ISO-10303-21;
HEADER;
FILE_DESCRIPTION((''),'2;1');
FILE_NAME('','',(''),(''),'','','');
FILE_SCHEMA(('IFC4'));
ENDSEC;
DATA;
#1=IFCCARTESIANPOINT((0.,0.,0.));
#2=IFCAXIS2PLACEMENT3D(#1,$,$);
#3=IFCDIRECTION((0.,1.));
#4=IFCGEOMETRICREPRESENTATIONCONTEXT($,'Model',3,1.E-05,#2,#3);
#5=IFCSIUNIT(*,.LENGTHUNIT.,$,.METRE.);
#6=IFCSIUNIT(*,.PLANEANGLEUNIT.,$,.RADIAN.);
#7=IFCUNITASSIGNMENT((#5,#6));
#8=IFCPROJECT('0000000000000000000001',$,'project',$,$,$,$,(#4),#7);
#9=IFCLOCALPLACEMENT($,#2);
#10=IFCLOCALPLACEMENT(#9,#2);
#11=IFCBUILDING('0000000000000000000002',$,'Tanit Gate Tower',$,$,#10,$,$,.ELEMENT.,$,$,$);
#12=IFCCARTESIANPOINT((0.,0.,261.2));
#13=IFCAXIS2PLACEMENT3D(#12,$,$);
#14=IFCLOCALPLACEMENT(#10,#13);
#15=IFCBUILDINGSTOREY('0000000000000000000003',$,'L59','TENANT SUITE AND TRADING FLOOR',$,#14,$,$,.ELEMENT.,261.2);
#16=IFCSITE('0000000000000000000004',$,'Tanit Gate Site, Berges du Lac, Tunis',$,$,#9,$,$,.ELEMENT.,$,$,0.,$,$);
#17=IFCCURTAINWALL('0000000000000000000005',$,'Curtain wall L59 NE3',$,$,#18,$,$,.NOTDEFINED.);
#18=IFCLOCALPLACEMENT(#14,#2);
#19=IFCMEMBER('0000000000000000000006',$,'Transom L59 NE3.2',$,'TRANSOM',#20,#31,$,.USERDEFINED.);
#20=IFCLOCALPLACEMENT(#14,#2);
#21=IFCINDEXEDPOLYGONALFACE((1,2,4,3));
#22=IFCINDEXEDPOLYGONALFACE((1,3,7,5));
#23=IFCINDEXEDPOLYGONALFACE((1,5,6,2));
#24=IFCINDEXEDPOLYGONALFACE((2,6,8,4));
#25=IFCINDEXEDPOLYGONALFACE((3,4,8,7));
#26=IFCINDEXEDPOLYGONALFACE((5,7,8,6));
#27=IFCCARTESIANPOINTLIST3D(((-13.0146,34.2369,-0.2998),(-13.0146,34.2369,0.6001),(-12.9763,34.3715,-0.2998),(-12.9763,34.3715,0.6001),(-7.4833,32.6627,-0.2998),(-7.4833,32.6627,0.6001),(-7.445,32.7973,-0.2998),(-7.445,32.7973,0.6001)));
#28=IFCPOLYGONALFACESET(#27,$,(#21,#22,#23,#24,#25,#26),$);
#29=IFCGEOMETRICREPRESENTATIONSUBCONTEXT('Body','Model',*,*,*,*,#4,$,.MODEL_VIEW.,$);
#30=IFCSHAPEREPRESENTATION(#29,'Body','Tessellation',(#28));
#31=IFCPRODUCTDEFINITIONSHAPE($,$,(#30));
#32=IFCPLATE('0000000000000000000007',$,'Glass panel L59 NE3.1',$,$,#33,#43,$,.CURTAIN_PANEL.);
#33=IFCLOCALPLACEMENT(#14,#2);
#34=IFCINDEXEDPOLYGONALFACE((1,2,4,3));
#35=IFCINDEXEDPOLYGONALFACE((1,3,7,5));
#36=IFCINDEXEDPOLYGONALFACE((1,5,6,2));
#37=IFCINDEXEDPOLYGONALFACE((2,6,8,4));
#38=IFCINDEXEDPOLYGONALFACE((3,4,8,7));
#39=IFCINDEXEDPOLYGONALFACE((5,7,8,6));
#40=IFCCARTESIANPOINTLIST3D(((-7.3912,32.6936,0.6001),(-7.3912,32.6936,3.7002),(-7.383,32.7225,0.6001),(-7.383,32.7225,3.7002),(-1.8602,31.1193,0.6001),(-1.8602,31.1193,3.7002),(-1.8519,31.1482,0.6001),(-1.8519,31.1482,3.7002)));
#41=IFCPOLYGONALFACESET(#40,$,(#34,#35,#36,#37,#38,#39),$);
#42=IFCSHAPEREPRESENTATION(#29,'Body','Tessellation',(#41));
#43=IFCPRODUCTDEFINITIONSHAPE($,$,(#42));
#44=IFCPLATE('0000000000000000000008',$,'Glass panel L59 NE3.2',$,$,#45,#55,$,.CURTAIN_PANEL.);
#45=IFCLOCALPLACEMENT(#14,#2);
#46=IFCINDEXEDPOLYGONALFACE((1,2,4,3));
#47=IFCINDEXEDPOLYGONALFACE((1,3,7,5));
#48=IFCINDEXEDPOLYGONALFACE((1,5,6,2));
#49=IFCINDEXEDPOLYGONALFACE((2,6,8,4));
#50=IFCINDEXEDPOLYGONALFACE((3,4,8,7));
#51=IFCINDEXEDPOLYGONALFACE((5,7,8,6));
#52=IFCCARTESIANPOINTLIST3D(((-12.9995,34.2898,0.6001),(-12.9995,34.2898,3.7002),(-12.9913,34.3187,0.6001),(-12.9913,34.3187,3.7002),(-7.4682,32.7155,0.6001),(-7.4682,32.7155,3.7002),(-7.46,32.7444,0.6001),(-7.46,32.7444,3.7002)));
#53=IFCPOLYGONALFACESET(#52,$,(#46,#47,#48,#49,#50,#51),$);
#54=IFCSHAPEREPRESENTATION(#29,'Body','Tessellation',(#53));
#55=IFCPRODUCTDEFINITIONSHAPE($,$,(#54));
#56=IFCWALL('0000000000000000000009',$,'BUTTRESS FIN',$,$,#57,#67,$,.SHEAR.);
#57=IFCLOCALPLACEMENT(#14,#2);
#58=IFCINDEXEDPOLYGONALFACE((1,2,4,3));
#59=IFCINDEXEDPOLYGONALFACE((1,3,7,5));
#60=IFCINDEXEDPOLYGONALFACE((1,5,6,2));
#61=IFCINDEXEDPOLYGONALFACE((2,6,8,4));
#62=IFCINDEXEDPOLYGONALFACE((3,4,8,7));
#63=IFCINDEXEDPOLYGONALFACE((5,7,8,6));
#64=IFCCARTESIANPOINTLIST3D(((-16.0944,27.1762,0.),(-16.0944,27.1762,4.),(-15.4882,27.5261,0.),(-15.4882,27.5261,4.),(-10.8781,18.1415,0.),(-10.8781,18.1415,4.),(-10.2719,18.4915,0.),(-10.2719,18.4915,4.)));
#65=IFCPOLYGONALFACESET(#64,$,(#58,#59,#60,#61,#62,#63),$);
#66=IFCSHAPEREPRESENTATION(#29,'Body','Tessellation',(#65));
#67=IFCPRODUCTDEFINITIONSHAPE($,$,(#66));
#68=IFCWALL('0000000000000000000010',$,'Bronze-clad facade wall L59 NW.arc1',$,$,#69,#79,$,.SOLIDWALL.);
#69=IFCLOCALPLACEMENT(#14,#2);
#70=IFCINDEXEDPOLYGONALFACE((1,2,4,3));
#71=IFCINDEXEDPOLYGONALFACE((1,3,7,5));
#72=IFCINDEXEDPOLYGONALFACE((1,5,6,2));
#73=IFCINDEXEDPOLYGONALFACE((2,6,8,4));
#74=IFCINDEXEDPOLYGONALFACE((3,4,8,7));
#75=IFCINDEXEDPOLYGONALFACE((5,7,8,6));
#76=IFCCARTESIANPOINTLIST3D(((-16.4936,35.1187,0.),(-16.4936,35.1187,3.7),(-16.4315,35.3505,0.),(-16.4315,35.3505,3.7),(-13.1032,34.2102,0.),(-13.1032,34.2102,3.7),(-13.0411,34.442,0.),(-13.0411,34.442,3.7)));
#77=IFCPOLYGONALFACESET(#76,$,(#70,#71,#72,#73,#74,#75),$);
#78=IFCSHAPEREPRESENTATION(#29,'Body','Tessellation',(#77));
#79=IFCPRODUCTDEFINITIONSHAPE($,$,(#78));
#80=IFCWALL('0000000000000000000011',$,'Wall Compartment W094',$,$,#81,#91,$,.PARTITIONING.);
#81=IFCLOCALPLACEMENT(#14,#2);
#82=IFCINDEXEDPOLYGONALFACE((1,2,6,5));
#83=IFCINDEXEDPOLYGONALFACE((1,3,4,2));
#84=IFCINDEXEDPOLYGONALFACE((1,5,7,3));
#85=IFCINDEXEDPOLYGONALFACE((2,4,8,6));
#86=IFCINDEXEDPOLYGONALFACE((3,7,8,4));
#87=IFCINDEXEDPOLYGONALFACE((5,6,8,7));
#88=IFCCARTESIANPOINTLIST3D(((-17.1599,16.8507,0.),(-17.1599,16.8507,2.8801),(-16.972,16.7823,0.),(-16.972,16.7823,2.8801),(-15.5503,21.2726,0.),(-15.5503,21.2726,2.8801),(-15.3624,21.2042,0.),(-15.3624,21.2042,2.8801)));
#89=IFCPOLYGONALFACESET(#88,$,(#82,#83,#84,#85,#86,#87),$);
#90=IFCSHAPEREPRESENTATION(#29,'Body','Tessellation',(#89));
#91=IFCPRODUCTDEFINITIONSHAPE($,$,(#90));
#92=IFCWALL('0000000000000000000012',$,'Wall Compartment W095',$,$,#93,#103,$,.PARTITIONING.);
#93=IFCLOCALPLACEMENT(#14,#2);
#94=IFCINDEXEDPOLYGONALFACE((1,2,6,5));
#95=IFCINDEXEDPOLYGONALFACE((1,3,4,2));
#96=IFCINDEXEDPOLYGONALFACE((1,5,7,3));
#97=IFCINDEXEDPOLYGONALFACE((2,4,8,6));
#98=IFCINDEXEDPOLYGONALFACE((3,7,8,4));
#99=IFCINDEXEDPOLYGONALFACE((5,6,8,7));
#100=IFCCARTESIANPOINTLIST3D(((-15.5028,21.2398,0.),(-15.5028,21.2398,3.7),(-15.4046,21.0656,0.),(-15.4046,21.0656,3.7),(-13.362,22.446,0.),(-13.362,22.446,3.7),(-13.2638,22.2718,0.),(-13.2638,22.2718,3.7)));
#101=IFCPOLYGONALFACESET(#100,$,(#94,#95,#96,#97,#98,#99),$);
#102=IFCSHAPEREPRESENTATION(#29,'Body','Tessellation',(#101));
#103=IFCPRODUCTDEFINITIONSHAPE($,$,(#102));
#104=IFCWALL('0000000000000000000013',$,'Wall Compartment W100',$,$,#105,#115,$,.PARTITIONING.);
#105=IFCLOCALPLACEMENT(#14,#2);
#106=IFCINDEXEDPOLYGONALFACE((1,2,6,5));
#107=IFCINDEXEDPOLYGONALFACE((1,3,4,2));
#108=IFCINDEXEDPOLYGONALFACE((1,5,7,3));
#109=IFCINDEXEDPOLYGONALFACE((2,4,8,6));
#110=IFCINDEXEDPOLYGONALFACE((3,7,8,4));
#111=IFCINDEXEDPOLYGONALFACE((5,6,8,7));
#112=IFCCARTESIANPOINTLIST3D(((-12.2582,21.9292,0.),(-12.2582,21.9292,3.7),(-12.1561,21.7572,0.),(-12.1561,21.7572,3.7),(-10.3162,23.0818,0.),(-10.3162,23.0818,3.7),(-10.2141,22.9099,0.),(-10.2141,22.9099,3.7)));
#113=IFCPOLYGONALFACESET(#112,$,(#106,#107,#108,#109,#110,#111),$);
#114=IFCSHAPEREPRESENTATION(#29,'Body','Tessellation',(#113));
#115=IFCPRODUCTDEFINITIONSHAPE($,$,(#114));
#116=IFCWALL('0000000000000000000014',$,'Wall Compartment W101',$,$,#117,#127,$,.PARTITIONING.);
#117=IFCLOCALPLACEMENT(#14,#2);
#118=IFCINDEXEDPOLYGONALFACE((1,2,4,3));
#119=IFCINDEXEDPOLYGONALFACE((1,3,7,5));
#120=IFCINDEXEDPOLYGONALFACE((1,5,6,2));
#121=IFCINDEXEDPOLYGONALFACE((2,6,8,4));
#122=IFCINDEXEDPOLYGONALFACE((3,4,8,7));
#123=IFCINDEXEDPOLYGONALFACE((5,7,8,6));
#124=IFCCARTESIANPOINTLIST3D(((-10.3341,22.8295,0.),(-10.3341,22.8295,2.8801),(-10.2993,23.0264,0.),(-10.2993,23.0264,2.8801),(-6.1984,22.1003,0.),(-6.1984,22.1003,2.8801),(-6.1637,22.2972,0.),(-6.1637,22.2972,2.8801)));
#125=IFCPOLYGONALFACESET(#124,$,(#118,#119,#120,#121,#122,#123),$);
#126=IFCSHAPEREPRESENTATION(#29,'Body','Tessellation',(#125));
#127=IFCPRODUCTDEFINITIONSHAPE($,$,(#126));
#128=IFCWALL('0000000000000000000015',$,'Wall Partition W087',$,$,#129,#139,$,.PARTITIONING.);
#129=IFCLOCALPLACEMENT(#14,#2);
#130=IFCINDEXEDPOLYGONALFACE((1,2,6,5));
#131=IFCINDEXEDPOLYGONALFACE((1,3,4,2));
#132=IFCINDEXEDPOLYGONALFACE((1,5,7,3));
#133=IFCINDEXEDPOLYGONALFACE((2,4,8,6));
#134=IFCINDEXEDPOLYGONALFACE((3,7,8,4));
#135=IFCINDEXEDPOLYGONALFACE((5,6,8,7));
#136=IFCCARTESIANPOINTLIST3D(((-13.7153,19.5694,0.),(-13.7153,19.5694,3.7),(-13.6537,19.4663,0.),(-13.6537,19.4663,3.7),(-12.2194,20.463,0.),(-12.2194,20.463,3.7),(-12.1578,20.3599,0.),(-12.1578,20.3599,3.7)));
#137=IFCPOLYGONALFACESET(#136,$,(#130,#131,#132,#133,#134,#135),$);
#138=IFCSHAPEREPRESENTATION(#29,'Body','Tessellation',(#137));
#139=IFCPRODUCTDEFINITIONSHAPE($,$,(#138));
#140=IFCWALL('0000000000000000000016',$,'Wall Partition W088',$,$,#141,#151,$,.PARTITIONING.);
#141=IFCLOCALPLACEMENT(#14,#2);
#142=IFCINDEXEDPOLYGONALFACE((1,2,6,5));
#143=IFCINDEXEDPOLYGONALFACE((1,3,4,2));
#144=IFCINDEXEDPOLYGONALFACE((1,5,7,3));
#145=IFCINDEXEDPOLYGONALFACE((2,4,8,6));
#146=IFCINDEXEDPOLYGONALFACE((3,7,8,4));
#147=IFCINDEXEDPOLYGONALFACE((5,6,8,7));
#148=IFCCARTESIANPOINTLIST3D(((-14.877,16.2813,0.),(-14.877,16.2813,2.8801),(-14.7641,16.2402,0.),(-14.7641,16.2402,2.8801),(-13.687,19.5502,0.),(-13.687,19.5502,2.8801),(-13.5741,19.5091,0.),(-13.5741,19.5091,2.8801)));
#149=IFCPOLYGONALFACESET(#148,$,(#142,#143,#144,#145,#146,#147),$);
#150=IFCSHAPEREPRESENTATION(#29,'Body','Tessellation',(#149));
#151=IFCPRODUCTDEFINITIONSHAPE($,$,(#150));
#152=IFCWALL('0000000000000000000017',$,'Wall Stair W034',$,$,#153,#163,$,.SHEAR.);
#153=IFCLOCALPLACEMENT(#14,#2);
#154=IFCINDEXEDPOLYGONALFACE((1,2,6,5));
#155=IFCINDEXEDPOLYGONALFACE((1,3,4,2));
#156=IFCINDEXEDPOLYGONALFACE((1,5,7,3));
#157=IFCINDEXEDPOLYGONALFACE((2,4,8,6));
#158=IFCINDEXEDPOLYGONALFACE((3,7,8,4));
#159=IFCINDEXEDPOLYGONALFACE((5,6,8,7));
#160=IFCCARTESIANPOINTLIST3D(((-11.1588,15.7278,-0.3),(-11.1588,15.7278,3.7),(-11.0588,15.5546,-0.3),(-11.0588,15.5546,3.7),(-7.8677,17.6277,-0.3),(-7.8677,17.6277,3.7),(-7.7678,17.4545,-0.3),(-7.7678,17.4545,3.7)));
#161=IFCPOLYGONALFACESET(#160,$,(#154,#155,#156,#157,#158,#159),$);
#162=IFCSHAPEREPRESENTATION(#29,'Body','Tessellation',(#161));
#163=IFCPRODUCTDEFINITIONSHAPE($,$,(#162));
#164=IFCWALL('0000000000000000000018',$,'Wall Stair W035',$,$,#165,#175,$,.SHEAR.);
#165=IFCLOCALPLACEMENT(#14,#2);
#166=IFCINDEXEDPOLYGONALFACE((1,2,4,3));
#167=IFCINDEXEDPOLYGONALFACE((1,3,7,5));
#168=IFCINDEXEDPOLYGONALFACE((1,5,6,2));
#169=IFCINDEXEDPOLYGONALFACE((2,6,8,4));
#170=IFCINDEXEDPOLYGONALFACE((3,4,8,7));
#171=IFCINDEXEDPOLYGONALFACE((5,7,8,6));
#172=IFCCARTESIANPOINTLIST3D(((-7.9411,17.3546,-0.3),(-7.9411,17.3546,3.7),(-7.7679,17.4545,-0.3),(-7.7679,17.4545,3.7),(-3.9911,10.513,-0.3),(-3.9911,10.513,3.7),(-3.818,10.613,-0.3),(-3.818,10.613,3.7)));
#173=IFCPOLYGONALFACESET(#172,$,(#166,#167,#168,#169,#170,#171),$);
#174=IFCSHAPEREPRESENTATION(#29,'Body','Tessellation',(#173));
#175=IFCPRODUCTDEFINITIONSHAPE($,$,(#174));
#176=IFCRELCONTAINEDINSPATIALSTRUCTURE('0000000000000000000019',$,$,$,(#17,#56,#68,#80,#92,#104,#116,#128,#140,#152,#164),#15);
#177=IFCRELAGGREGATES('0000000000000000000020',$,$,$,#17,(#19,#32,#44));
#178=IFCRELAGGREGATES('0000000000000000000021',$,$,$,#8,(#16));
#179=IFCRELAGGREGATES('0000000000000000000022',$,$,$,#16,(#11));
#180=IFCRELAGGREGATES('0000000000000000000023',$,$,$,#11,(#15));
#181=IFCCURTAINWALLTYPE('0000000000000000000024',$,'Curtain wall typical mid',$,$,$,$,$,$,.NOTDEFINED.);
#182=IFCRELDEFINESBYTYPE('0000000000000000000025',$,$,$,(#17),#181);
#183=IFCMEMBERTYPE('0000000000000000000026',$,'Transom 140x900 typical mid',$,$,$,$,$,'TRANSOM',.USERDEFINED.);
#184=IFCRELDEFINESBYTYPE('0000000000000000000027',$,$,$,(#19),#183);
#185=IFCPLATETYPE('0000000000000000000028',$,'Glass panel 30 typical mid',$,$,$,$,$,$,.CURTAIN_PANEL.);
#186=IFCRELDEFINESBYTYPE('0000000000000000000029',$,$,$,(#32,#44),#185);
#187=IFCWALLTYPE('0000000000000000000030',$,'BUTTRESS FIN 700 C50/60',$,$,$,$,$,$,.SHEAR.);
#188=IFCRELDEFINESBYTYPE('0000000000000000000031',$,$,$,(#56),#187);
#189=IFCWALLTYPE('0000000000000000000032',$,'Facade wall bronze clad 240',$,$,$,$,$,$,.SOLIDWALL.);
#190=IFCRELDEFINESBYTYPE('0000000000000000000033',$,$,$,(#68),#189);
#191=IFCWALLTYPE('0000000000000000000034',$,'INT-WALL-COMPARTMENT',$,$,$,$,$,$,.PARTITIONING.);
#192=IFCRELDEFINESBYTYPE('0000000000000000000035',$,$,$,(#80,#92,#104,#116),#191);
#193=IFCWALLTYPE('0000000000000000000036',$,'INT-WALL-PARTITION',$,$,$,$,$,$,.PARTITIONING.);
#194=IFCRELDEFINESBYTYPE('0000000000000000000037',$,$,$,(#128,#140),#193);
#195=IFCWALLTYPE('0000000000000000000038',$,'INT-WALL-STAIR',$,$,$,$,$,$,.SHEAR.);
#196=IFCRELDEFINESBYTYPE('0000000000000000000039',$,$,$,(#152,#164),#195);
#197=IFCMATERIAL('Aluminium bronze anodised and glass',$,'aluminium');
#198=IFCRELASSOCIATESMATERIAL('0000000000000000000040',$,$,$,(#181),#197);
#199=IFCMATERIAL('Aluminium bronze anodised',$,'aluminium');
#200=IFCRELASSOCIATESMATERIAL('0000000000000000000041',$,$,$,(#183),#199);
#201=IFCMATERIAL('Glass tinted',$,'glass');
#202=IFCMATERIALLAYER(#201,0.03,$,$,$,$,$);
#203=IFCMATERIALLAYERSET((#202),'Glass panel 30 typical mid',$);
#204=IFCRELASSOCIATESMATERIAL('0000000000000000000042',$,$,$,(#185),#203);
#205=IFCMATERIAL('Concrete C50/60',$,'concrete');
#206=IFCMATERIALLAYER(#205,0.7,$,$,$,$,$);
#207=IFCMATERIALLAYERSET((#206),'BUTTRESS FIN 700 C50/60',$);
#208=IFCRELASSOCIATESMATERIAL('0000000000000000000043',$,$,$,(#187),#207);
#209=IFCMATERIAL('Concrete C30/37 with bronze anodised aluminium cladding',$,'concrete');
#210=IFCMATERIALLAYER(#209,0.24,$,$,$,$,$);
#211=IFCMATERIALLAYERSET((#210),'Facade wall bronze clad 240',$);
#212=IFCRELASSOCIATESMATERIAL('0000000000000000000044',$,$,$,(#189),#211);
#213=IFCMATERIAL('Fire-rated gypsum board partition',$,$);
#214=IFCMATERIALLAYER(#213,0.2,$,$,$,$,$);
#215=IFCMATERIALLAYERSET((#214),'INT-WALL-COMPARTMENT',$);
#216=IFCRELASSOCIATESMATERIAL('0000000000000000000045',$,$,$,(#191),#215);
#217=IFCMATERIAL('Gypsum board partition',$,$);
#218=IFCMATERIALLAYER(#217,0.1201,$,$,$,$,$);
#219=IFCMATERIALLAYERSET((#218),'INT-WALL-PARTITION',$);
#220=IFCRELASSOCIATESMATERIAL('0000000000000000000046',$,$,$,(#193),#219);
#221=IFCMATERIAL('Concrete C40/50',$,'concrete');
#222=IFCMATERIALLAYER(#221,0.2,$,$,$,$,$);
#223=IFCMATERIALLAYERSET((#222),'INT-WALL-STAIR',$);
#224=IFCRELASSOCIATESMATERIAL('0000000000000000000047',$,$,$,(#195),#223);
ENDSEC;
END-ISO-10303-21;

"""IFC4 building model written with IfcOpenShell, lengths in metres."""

from ifc_helpers import new_model, si_unit, direction, frame, frame_2d, origin, origin_2d, place, context, subcontext, project, spatial, rectangle, extrude, material, layer, layer_set, material_profile, profile_set, type_object, element, aggregate, save


model = new_model("IFC4")

# Units and contexts
model_context = context("Model", 3, precision=1e-05, world=origin(), true_north=direction((0.0, 1.0)))
body_context = subcontext(model_context, "Body", "Model", "MODEL_VIEW")
ifc_project = project(units=[si_unit("LENGTHUNIT", "METRE"), si_unit("PLANEANGLEUNIT", "RADIAN")], contexts=[model_context])

# Site, building, storey
site_placement = place(None, origin())
site = spatial("IfcSite", under=ifc_project, at=site_placement, Name="Tanit Gate Site, Berges du Lac, Tunis", CompositionType="ELEMENT", RefElevation=0.0)
building_placement = place(site_placement, origin())
building = spatial("IfcBuilding", under=site, at=building_placement, Name="Tanit Gate Tower", CompositionType="ELEMENT")
storey_placement = place(building_placement, frame((0.0, 0.0, 261.2)))
storey = spatial("IfcBuildingStorey", under=building, at=storey_placement, Name="L59", Description="TENANT SUITE AND TRADING FLOOR", CompositionType="ELEMENT", Elevation=261.2)

# Curtain wall
ifc_material_1 = material(Name="Aluminium bronze anodised and glass", Category="aluminium")
curtain_wall_type = type_object("IfcCurtainWallType", Name="Curtain wall typical mid", PredefinedType="NOTDEFINED", material=ifc_material_1)
curtain_wall_placement = place(storey_placement, origin())
curtain_wall = element("IfcCurtainWall", 1, at=curtain_wall_placement, inside=storey, type_object=curtain_wall_type, Name="Curtain wall L59 NE3", PredefinedType="NOTDEFINED")

# Member
ifc_material_2 = material(Name="Aluminium bronze anodised", Category="aluminium")
ifc_material_profile_1 = material_profile(ifc_material_2, rectangle(XDim=0.1399, YDim=0.8999, at=origin_2d()), Name="140x900 bronze transom")
ifc_profile_set_1 = profile_set([ifc_material_profile_1], Name="Aluminium bronze anodised")
member_type_1 = type_object("IfcMemberType", Name="Transom 140x900 typical mid", ElementType="TRANSOM", PredefinedType="USERDEFINED", material=ifc_profile_set_1)
member_1_placement = place(storey_placement, frame((-7.4641, 32.73, 0.1501), z_axis=(-0.961805, 0.273734, 0.0), x_axis=(-0.273734, -0.961805, 0.0)))
member_1 = element("IfcMember", 2, at=member_1_placement, type_object=member_type_1, Name="Transom L59 NE3.2", ObjectType="TRANSOM", PredefinedType="USERDEFINED", context=body_context, shape_type="SweptSolid", body=[
    extrude(rectangle(XDim=0.1399, YDim=0.8999, at=origin_2d()), origin(), (0.0, 0.0, 1.0), 5.751),
])

# Plates
ifc_material_3 = material(Name="Glass tinted", Category="glass")
ifc_layer_1 = layer(ifc_material_3, 0.03)
ifc_layer_set_1 = layer_set([ifc_layer_1], Name="Glass panel 30 typical mid")
plate_type = type_object("IfcPlateType", Name="Glass panel 30 typical mid", PredefinedType="CURTAIN_PANEL", material=ifc_layer_set_1)
plate_1_placement = place(storey_placement, frame((-4.6216, 31.9209, 0.6001), z_axis=(0.0, 0.0, 1.0), x_axis=(-0.961803, 0.273744, 0.0)))
plate_1 = element("IfcPlate", 3, at=plate_1_placement, type_object=plate_type, Name="Glass panel L59 NE3.1", PredefinedType="CURTAIN_PANEL", context=body_context, shape_type="SweptSolid", body=[
    extrude(rectangle(XDim=5.7507, YDim=0.03, at=origin_2d()), origin(), (0.0, 0.0, 1.0), 3.1001),
])
plate_2_placement = place(storey_placement, frame((-10.2297, 33.5171, 0.6001), z_axis=(0.0, 0.0, 1.0), x_axis=(-0.961803, 0.273744, 0.0)))
plate_2 = element("IfcPlate", 4, at=plate_2_placement, type_object=plate_type, Name="Glass panel L59 NE3.2", PredefinedType="CURTAIN_PANEL", context=body_context, shape_type="SweptSolid", body=[
    extrude(rectangle(XDim=5.751, YDim=0.03, at=origin_2d()), origin(), (0.0, 0.0, 1.0), 3.1001),
])
aggregate(curtain_wall, [member_1, plate_1, plate_2])

# Walls
ifc_material_4 = material(Name="Concrete C50/60", Category="concrete")
ifc_layer_2 = layer(ifc_material_4, 0.7)
ifc_layer_set_2 = layer_set([ifc_layer_2], Name="BUTTRESS FIN 700 C50/60")
wall_type_1 = type_object("IfcWallType", Name="BUTTRESS FIN 700 C50/60", PredefinedType="SHEAR", material=ifc_layer_set_2)
wall_1_placement = place(storey_placement, frame((-10.575, 18.3164, 0.0), z_axis=(0.0, 0.0, 1.0), x_axis=(-0.50001, 0.86602, 0.0)))
element("IfcWall", 5, at=wall_1_placement, inside=storey, type_object=wall_type_1, Name="BUTTRESS FIN", PredefinedType="SHEAR", context=body_context, shape_type="SweptSolid", body=[
    extrude(rectangle(XDim=10.4324, YDim=0.7, at=frame_2d((5.2163, 0.0))), origin(), (0.0, 0.0, 1.0), 4.0),
])
ifc_material_5 = material(Name="Concrete C30/37 with bronze anodised aluminium cladding", Category="concrete")
ifc_layer_3 = layer(ifc_material_5, 0.24)
ifc_layer_set_3 = layer_set([ifc_layer_3], Name="Facade wall bronze clad 240")
wall_type_2 = type_object("IfcWallType", Name="Facade wall bronze clad 240", PredefinedType="SOLIDWALL", material=ifc_layer_set_3)
wall_2_placement = place(storey_placement, frame((-13.0723, 34.3262, 0.0), z_axis=(0.0, 0.0, 1.0), x_axis=(-0.965926, 0.258818, 0.0)))
element("IfcWall", 6, at=wall_2_placement, inside=storey, type_object=wall_type_2, Name="Bronze-clad facade wall L59 NW.arc1", PredefinedType="SOLIDWALL", context=body_context, shape_type="SweptSolid", body=[
    extrude(rectangle(XDim=3.51, YDim=0.24, at=frame_2d((1.7549, 0.0))), origin(), (0.0, 0.0, 1.0), 3.7),
])
ifc_material_6 = material(Name="Fire-rated gypsum board partition")
ifc_layer_4 = layer(ifc_material_6, 0.2)
ifc_layer_set_4 = layer_set([ifc_layer_4], Name="INT-WALL-COMPARTMENT")
wall_type_3 = type_object("IfcWallType", Name="INT-WALL-COMPARTMENT", PredefinedType="PARTITIONING", material=ifc_layer_set_4)
wall_3_placement = place(storey_placement, frame((-15.4563, 21.2385, 0.0), z_axis=(0.0, 0.0, 1.0), x_axis=(-0.342055, -0.93968, 0.0)))
element("IfcWall", 7, at=wall_3_placement, inside=storey, type_object=wall_type_3, Name="Wall Compartment W094", PredefinedType="PARTITIONING", context=body_context, shape_type="SweptSolid", body=[
    extrude(rectangle(XDim=4.7058, YDim=0.2, at=frame_2d((2.353, 0.0))), origin(), (0.0, 0.0, 1.0), 2.8801),
])
wall_4_placement = place(storey_placement, frame((-13.313, 22.3589, 0.0), z_axis=(0.0, 0.0, 1.0), x_axis=(-0.871217, -0.490898, 0.0)))
element("IfcWall", 8, at=wall_4_placement, inside=storey, type_object=wall_type_3, Name="Wall Compartment W095", PredefinedType="PARTITIONING", context=body_context, shape_type="SweptSolid", body=[
    extrude(rectangle(XDim=2.4573, YDim=0.2, at=frame_2d((1.2285, 0.0))), origin(), (0.0, 0.0, 1.0), 3.7),
])
wall_5_placement = place(storey_placement, frame((-10.2651, 22.9958, 0.0), z_axis=(0.0, 0.0, 1.0), x_axis=(-0.859935, -0.510404, 0.0)))
element("IfcWall", 9, at=wall_5_placement, inside=storey, type_object=wall_type_3, Name="Wall Compartment W100", PredefinedType="PARTITIONING", context=body_context, shape_type="SweptSolid", body=[
    extrude(rectangle(XDim=2.2583, YDim=0.2, at=frame_2d((1.1292, 0.0))), origin(), (0.0, 0.0, 1.0), 3.7),
])
wall_6_placement = place(storey_placement, frame((-6.1812, 22.1987, 0.0), z_axis=(0.0, 0.0, 1.0), x_axis=(-0.984808, 0.173649, 0.0)))
element("IfcWall", 10, at=wall_6_placement, inside=storey, type_object=wall_type_3, Name="Wall Compartment W101", PredefinedType="PARTITIONING", context=body_context, shape_type="SweptSolid", body=[
    extrude(rectangle(XDim=4.1995, YDim=0.2, at=frame_2d((2.0996, 0.0))), origin(), (0.0, 0.0, 1.0), 2.8801),
])
ifc_material_7 = material(Name="Gypsum board partition")
ifc_layer_5 = layer(ifc_material_7, 0.1201)
ifc_layer_set_5 = layer_set([ifc_layer_5], Name="INT-WALL-PARTITION")
wall_type_4 = type_object("IfcWallType", Name="INT-WALL-PARTITION", PredefinedType="PARTITIONING", material=ifc_layer_set_5)
wall_7_placement = place(storey_placement, frame((-12.1887, 20.4114, 0.0), z_axis=(0.0, 0.0, 1.0), x_axis=(-0.858493, -0.512826, 0.0)))
element("IfcWall", 11, at=wall_7_placement, inside=storey, type_object=wall_type_4, Name="Wall Partition W087", PredefinedType="PARTITIONING", context=body_context, shape_type="SweptSolid", body=[
    extrude(rectangle(XDim=1.7424, YDim=0.1201, at=frame_2d((0.8711, 0.0))), origin(), (0.0, 0.0, 1.0), 3.7),
])
wall_8_placement = place(storey_placement, frame((-13.6306, 19.5295, 0.0), z_axis=(0.0, 0.0, 1.0), x_axis=(-0.34207, -0.939675, 0.0)))
element("IfcWall", 12, at=wall_8_placement, inside=storey, type_object=wall_type_4, Name="Wall Partition W088", PredefinedType="PARTITIONING", context=body_context, shape_type="SweptSolid", body=[
    extrude(rectangle(XDim=3.4788, YDim=0.1201, at=frame_2d((1.7393, 0.0))), origin(), (0.0, 0.0, 1.0), 2.8801),
])
ifc_material_8 = material(Name="Concrete C40/50", Category="concrete")
ifc_layer_6 = layer(ifc_material_8, 0.2)
ifc_layer_set_6 = layer_set([ifc_layer_6], Name="INT-WALL-STAIR")
wall_type_5 = type_object("IfcWallType", Name="INT-WALL-STAIR", PredefinedType="SHEAR", material=ifc_layer_set_6)
wall_9_placement = place(storey_placement, frame((-7.8179, 17.541, -0.3), z_axis=(0.0, 0.0, 1.0), x_axis=(-0.866044, -0.499967, 0.0)))
element("IfcWall", 13, at=wall_9_placement, inside=storey, type_object=wall_type_5, Name="Wall Stair W034", PredefinedType="SHEAR", context=body_context, shape_type="SweptSolid", body=[
    extrude(rectangle(XDim=3.8, YDim=0.2, at=frame_2d((1.8999, 0.0))), origin(), (0.0, 0.0, 1.0), 4.0),
])
wall_10_placement = place(storey_placement, frame((-7.8545, 17.4045, -0.3), z_axis=(0.0, 0.0, 1.0), x_axis=(0.499998, -0.866027, 0.0)))
element("IfcWall", 14, at=wall_10_placement, inside=storey, type_object=wall_type_5, Name="Wall Stair W035", PredefinedType="SHEAR", context=body_context, shape_type="SweptSolid", body=[
    extrude(rectangle(XDim=7.8999, YDim=0.2, at=frame_2d((3.95, 0.0))), origin(), (0.0, 0.0, 1.0), 4.0),
])

save(model, "model.ifc")
